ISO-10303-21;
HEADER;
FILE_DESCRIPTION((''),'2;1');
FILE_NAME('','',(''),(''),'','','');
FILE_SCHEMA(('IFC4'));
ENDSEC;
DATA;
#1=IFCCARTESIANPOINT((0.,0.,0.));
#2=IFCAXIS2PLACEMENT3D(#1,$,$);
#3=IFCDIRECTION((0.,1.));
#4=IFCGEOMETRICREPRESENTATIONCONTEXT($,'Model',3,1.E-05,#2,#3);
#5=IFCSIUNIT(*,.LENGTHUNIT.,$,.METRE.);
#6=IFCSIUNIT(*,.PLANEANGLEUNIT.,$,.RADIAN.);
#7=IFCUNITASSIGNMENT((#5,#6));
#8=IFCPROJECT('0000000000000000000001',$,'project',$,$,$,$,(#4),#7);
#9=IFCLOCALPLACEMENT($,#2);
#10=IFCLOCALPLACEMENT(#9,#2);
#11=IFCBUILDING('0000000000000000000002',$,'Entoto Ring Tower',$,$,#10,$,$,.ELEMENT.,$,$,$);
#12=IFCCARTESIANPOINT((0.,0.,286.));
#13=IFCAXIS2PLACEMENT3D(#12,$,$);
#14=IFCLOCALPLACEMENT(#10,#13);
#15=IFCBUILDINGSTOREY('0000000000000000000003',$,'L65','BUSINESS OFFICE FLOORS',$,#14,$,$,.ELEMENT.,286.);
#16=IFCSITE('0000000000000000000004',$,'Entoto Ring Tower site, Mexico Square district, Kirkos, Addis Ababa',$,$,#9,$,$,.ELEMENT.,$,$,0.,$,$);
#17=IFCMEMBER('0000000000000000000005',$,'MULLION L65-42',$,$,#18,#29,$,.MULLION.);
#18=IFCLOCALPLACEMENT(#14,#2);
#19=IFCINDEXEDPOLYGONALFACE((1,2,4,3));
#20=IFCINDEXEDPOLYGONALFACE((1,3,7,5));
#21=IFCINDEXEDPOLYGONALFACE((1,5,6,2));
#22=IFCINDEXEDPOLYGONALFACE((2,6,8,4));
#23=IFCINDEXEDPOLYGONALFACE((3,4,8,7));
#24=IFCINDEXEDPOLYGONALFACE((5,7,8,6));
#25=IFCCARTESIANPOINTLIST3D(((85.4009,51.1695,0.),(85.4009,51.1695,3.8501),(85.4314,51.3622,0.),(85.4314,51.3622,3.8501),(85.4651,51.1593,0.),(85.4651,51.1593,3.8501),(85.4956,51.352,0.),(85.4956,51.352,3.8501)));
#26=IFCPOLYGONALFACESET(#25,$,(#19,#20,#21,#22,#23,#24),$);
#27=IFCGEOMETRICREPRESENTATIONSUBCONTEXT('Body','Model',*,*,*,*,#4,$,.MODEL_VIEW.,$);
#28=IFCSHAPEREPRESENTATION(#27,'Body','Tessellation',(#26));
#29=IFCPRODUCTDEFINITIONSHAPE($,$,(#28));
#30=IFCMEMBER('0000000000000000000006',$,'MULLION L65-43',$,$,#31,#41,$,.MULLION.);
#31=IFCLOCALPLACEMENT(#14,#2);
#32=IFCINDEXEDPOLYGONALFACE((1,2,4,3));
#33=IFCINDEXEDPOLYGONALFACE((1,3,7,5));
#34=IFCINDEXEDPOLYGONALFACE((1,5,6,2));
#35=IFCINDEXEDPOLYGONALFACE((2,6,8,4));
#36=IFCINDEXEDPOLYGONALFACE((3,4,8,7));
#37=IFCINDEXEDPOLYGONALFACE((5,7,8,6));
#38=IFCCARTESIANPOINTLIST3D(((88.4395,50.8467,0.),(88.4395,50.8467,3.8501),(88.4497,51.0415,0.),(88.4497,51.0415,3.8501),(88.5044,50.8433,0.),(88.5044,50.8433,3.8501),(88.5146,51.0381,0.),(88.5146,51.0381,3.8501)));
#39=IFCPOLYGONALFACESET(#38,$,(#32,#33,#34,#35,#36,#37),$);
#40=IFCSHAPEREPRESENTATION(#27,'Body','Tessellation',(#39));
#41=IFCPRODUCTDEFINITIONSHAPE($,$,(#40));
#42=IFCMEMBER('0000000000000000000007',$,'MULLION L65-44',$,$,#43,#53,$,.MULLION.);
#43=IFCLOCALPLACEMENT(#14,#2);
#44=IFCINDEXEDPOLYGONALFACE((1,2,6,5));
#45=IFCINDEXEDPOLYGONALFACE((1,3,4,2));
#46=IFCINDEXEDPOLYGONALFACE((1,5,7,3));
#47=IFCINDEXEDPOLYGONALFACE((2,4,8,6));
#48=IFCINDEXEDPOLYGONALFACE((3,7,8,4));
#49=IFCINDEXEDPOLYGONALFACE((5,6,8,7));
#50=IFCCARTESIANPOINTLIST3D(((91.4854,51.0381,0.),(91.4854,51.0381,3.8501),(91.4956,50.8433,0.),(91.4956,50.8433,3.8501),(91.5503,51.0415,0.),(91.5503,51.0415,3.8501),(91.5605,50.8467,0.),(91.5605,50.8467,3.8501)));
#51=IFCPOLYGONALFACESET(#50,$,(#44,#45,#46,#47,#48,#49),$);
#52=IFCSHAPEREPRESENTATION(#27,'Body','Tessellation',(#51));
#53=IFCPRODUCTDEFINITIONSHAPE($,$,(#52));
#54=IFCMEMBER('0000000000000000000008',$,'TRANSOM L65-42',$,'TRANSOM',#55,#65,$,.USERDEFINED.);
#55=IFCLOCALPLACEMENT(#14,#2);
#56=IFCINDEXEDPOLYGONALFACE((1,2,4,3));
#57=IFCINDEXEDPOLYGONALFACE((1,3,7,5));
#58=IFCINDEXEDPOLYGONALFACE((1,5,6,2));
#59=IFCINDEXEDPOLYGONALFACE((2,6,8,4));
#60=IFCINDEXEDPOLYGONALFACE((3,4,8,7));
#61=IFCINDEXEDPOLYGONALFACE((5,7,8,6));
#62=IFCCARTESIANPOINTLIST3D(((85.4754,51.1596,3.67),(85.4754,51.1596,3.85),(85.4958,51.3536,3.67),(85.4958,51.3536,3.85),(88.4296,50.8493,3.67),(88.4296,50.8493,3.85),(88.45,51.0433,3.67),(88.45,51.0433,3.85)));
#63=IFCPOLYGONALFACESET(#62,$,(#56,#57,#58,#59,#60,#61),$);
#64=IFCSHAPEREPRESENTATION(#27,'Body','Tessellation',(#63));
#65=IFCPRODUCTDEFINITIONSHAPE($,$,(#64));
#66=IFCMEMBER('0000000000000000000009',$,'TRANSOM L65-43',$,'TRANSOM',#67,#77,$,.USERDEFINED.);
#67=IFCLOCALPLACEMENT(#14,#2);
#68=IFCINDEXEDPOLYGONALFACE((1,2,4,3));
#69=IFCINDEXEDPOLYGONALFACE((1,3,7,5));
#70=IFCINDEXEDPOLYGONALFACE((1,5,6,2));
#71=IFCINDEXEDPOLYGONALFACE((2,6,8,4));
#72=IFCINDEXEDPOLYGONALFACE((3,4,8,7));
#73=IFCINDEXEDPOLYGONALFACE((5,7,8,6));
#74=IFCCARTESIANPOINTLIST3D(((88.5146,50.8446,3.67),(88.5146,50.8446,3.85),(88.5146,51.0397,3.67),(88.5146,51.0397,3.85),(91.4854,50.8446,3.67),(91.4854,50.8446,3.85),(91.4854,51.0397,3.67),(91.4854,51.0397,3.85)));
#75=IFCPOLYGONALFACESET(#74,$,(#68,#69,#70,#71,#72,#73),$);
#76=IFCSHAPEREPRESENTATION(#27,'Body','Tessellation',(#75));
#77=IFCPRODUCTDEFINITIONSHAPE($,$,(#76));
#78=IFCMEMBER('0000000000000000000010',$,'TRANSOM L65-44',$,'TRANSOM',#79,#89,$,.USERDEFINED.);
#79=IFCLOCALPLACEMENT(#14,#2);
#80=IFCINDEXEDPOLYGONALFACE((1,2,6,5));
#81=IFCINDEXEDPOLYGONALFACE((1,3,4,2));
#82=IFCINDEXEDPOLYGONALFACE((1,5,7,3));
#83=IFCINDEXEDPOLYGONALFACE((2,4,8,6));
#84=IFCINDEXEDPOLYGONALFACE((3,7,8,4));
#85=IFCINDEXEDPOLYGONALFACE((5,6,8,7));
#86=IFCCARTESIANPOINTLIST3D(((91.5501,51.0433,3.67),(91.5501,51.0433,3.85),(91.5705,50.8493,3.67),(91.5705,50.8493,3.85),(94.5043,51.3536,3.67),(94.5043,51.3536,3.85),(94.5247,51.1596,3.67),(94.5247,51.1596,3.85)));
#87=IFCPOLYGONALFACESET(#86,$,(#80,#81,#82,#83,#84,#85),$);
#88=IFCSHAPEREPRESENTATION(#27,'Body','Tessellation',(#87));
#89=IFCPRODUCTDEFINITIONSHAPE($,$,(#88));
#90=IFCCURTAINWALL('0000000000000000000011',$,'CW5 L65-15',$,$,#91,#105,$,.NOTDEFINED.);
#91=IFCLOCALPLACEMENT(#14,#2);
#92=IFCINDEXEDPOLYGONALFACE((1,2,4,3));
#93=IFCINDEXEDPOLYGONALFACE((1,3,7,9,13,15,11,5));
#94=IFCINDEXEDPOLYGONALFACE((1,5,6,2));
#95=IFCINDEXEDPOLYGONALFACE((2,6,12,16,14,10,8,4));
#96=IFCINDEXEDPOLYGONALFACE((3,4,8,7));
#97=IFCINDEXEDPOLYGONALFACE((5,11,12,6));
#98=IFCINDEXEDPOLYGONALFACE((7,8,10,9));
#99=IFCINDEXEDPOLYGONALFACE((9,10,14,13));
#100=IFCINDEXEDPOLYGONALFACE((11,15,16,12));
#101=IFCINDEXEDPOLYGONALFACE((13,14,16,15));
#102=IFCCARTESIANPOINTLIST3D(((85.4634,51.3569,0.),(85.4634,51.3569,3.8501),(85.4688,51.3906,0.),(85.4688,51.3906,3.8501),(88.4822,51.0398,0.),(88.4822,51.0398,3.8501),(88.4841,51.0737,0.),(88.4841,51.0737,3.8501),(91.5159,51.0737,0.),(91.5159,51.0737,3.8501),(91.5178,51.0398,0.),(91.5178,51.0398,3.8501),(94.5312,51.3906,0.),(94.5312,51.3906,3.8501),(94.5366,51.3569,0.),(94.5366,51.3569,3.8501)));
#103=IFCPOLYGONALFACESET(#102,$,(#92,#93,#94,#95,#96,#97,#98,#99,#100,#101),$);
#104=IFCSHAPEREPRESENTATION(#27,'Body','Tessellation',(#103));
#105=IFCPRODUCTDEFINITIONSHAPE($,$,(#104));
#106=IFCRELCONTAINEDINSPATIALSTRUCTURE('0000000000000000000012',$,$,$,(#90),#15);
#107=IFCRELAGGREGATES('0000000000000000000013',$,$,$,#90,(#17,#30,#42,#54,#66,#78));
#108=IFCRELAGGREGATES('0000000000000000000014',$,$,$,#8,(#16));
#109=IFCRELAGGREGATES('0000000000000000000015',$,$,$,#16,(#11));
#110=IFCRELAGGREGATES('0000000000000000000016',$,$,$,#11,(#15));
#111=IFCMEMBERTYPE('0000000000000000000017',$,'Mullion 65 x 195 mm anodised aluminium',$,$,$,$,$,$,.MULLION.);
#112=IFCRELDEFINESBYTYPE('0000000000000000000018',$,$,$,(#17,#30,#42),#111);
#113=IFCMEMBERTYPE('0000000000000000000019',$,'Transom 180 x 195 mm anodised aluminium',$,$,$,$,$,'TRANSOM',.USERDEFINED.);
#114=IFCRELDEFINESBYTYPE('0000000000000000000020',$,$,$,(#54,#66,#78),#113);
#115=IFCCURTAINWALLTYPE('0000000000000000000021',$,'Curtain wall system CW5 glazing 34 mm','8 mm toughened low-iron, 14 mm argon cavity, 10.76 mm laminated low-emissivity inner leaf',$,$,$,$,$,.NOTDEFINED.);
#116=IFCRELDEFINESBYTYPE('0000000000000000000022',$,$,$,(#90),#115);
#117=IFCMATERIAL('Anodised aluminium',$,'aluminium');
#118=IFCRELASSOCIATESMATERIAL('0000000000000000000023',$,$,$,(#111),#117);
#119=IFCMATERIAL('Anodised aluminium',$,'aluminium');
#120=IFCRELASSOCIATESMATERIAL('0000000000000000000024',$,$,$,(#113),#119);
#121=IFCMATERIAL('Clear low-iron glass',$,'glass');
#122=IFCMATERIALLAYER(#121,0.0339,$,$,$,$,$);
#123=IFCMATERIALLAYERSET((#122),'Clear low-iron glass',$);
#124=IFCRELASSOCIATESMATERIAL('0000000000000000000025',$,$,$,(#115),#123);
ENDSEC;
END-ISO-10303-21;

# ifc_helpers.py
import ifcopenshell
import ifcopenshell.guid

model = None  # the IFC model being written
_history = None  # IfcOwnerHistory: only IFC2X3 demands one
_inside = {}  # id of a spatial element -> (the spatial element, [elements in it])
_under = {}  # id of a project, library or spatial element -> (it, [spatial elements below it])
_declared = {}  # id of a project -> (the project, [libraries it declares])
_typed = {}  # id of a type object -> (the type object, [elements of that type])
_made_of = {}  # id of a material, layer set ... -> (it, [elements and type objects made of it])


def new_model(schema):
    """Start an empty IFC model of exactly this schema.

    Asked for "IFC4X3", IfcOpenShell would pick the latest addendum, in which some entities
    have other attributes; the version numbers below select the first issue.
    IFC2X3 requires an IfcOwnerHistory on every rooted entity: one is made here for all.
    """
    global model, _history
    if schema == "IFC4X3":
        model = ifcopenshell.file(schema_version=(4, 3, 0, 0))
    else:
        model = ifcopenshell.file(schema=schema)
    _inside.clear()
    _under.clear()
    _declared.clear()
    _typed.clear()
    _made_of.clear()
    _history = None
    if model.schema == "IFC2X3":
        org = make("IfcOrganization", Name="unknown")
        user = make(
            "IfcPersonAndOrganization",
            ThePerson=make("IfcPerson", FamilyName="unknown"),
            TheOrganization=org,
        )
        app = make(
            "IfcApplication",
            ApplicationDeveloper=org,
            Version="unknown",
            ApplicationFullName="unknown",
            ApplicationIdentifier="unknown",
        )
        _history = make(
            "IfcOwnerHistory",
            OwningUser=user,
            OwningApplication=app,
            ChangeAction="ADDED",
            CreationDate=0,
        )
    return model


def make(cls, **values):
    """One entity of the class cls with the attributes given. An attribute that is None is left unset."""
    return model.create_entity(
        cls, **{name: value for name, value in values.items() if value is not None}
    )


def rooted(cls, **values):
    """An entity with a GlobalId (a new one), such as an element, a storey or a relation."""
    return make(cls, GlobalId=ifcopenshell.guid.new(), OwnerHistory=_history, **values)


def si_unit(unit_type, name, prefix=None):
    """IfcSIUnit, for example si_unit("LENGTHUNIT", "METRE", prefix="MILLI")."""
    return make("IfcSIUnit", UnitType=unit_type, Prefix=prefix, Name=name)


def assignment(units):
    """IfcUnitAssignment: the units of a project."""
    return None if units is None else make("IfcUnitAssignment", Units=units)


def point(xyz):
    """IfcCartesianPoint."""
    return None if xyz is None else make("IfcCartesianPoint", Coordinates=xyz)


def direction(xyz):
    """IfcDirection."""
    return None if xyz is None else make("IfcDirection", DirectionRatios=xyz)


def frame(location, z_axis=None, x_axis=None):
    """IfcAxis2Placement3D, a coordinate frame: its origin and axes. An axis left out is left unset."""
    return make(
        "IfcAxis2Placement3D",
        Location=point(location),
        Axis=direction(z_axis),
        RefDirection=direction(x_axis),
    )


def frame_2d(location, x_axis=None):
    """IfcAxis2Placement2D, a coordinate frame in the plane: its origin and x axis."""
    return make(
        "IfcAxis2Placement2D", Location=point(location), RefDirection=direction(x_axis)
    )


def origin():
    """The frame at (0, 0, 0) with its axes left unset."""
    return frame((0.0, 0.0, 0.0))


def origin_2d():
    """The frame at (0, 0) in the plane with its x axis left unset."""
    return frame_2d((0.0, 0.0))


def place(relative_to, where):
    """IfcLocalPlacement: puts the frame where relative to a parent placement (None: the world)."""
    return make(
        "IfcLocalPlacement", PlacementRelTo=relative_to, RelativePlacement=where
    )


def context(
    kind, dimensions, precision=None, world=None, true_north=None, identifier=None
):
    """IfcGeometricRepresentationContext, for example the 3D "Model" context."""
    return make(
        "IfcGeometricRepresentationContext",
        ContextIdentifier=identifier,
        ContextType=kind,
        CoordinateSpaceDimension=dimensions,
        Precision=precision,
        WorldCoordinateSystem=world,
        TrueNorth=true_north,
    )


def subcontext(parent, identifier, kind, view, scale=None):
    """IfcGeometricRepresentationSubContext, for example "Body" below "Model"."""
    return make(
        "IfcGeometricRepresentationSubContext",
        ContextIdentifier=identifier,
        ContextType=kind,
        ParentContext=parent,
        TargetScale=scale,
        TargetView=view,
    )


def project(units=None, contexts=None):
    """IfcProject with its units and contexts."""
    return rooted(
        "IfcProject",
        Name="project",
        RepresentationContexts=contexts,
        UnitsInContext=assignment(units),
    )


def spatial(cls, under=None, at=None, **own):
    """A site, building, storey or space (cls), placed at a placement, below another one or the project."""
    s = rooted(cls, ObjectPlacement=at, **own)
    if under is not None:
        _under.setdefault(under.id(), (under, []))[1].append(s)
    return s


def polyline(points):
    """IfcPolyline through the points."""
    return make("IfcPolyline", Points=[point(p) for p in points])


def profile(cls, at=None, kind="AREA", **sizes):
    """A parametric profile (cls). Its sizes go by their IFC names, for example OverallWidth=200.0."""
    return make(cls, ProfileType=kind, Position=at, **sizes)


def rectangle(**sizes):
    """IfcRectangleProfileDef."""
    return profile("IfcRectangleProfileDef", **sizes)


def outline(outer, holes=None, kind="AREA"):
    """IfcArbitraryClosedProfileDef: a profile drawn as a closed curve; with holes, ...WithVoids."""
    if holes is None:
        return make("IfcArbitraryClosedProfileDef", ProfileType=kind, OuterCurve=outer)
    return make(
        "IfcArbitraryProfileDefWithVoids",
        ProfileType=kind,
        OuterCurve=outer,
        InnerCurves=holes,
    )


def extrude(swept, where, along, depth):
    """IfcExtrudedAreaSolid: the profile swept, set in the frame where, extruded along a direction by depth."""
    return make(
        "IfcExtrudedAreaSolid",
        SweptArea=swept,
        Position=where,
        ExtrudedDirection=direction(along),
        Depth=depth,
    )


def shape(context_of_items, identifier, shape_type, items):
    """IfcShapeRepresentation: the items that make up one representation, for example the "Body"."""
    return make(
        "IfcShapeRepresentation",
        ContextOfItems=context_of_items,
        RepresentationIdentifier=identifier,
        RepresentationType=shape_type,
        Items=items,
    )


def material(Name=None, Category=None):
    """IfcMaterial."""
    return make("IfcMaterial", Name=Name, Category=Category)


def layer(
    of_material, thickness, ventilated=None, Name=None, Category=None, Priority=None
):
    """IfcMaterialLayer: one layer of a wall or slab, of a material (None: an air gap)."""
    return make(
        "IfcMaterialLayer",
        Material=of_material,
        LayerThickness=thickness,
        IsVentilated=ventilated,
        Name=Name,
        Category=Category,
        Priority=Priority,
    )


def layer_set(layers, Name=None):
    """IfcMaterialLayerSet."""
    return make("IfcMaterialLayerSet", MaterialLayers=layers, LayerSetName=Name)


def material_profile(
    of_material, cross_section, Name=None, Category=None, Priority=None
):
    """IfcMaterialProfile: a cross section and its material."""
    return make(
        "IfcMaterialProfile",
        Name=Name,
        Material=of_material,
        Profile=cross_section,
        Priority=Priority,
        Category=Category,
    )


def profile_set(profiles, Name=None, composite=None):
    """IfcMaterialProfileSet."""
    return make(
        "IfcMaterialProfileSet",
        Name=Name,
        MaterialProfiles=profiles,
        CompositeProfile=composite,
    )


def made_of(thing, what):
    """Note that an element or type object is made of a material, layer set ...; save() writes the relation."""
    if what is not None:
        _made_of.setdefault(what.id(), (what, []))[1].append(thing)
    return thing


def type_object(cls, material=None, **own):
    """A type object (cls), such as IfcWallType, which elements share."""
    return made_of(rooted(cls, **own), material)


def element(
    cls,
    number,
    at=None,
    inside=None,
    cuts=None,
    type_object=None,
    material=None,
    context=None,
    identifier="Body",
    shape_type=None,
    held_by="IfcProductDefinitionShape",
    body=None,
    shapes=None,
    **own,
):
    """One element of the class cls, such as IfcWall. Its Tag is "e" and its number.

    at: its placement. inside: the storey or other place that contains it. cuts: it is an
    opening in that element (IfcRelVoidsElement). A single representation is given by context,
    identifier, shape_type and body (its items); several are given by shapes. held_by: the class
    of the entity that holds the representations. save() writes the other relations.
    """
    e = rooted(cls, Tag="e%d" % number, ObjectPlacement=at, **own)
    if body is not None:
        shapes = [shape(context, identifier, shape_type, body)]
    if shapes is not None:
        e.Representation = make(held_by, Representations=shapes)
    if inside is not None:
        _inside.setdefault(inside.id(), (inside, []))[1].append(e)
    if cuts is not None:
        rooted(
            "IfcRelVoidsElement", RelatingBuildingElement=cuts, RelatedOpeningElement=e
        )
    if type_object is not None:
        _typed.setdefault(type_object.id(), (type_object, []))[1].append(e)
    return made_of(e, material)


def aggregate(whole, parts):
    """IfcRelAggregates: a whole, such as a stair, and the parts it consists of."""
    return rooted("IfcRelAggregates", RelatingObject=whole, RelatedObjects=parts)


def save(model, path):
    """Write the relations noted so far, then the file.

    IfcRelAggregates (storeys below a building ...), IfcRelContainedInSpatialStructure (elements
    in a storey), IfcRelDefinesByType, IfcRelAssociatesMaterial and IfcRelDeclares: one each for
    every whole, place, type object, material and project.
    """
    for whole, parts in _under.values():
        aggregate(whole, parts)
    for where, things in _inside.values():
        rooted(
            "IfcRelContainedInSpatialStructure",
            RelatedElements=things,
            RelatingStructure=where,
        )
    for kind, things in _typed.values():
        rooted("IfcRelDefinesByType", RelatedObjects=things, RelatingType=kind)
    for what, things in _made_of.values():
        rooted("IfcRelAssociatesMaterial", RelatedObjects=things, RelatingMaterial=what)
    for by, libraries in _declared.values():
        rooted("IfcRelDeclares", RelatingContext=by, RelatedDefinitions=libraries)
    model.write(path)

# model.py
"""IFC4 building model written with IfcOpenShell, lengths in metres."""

from ifc_helpers import new_model, si_unit, direction, frame, origin, origin_2d, place, context, subcontext, project, spatial, polyline, rectangle, outline, extrude, material, layer, layer_set, material_profile, profile_set, type_object, element, aggregate, save


model = new_model("IFC4")

# Units and contexts
model_context = context("Model", 3, precision=1e-05, world=origin(), true_north=direction((0.0, 1.0)))
body_context = subcontext(model_context, "Body", "Model", "MODEL_VIEW")
ifc_project = project(units=[si_unit("LENGTHUNIT", "METRE"), si_unit("PLANEANGLEUNIT", "RADIAN")], contexts=[model_context])

# Members
ifc_material_1 = material(Name="Anodised aluminium", Category="aluminium")
ifc_material_profile_1 = material_profile(ifc_material_1, rectangle(XDim=0.0649, YDim=0.1951, at=origin_2d()), Name="Mullion 65 x 195 mm anodised aluminium")
ifc_profile_set_1 = profile_set([ifc_material_profile_1], Name="Anodised aluminium")
member_type_1 = type_object("IfcMemberType", Name="Mullion 65 x 195 mm anodised aluminium", PredefinedType="MULLION", material=ifc_profile_set_1)
site_placement = place(None, origin())
building_placement = place(site_placement, origin())
storey_placement = place(building_placement, frame((0.0, 0.0, 286.0)))
member_1_placement = place(storey_placement, frame((85.4482, 51.2607, 0.0), z_axis=(0.0, 0.0, 1.0), x_axis=(0.987688, -0.156434, 0.0)))
member_1 = element("IfcMember", 1, at=member_1_placement, type_object=member_type_1, Name="MULLION L65-42", PredefinedType="MULLION", context=body_context, shape_type="SweptSolid", body=[
    extrude(rectangle(XDim=0.0649, YDim=0.1951, at=origin_2d()), origin(), (0.0, 0.0, 1.0), 3.8501),
])
member_2_placement = place(storey_placement, frame((88.4771, 50.9424, 0.0), z_axis=(0.0, 0.0, 1.0), x_axis=(0.99863, -0.052336, 0.0)))
member_2 = element("IfcMember", 2, at=member_2_placement, type_object=member_type_1, Name="MULLION L65-43", PredefinedType="MULLION", context=body_context, shape_type="SweptSolid", body=[
    extrude(rectangle(XDim=0.0649, YDim=0.1951, at=origin_2d()), origin(), (0.0, 0.0, 1.0), 3.8501),
])
member_3_placement = place(storey_placement, frame((91.5229, 50.9424, 0.0), z_axis=(0.0, 0.0, 1.0), x_axis=(0.99863, 0.052336, 0.0)))
member_3 = element("IfcMember", 3, at=member_3_placement, type_object=member_type_1, Name="MULLION L65-44", PredefinedType="MULLION", context=body_context, shape_type="SweptSolid", body=[
    extrude(rectangle(XDim=0.0649, YDim=0.1951, at=origin_2d()), origin(), (0.0, 0.0, 1.0), 3.8501),
])
ifc_material_2 = material(Name="Anodised aluminium", Category="aluminium")
ifc_material_profile_2 = material_profile(ifc_material_2, rectangle(XDim=0.1951, YDim=0.1799, at=origin_2d()), Name="Transom 180 x 195 mm anodised aluminium")
ifc_profile_set_2 = profile_set([ifc_material_profile_2], Name="Anodised aluminium")
member_type_2 = type_object("IfcMemberType", Name="Transom 180 x 195 mm anodised aluminium", ElementType="TRANSOM", PredefinedType="USERDEFINED", material=ifc_profile_set_2)
member_4_placement = place(storey_placement, frame((85.4856, 51.2566, 3.76), z_axis=(0.994528, -0.104467, 0.0), x_axis=(0.104467, 0.994528, 0.0)))
member_4 = element("IfcMember", 4, at=member_4_placement, type_object=member_type_2, Name="TRANSOM L65-42", ObjectType="TRANSOM", PredefinedType="USERDEFINED", context=body_context, shape_type="SweptSolid", body=[
    extrude(rectangle(XDim=0.1951, YDim=0.1799, at=origin_2d()), origin(), (0.0, 0.0, 1.0), 2.9705),
])
member_5_placement = place(storey_placement, frame((88.5146, 50.9421, 3.76), z_axis=(1.0, 0.0, 0.0), x_axis=(0.0, 1.0, 0.0)))
member_5 = element("IfcMember", 5, at=member_5_placement, type_object=member_type_2, Name="TRANSOM L65-43", ObjectType="TRANSOM", PredefinedType="USERDEFINED", context=body_context, shape_type="SweptSolid", body=[
    extrude(rectangle(XDim=0.1951, YDim=0.1799, at=origin_2d()), origin(), (0.0, 0.0, 1.0), 2.9707),
])
member_6_placement = place(storey_placement, frame((91.5603, 50.9463, 3.76), z_axis=(0.994528, 0.104467, 0.0), x_axis=(-0.104467, 0.994528, 0.0)))
member_6 = element("IfcMember", 6, at=member_6_placement, type_object=member_type_2, Name="TRANSOM L65-44", ObjectType="TRANSOM", PredefinedType="USERDEFINED", context=body_context, shape_type="SweptSolid", body=[
    extrude(rectangle(XDim=0.1951, YDim=0.1799, at=origin_2d()), origin(), (0.0, 0.0, 1.0), 2.9705),
])

# Site, building, storey
site = spatial("IfcSite", under=ifc_project, at=site_placement, Name="Entoto Ring Tower site, Mexico Square district, Kirkos, Addis Ababa", CompositionType="ELEMENT", RefElevation=0.0)
building = spatial("IfcBuilding", under=site, at=building_placement, Name="Entoto Ring Tower", CompositionType="ELEMENT")
storey = spatial("IfcBuildingStorey", under=building, at=storey_placement, Name="L65", Description="BUSINESS OFFICE FLOORS", CompositionType="ELEMENT", Elevation=286.0)

# Curtain wall
ifc_material_3 = material(Name="Clear low-iron glass", Category="glass")
ifc_layer = layer(ifc_material_3, 0.0339)
ifc_layer_set = layer_set([ifc_layer], Name="Clear low-iron glass")
curtain_wall_type = type_object("IfcCurtainWallType", Name="Curtain wall system CW5 glazing 34 mm", Description="8 mm toughened low-iron, 14 mm argon cavity, 10.76 mm laminated low-emissivity inner leaf", PredefinedType="NOTDEFINED", material=ifc_layer_set)
curtain_wall_1_placement = place(storey_placement, origin())
curtain_wall_1 = element("IfcCurtainWall", 7, at=curtain_wall_1_placement, inside=storey, type_object=curtain_wall_type, Name="CW5 L65-15", PredefinedType="NOTDEFINED", context=body_context, shape_type="SweptSolid", body=[
    extrude(outline(polyline([(85.4634, 51.3569), (88.4822, 51.0398), (91.5178, 51.0398), (94.5366, 51.3569), (94.5312, 51.3906), (91.5159, 51.0737), (88.4841, 51.0737), (85.4688, 51.3906), (85.4634, 51.3569)])), origin(), (0.0, 0.0, 1.0), 3.8501),
])
aggregate(curtain_wall_1, [member_1, member_2, member_3, member_4, member_5, member_6])

save(model, "model.ifc")
